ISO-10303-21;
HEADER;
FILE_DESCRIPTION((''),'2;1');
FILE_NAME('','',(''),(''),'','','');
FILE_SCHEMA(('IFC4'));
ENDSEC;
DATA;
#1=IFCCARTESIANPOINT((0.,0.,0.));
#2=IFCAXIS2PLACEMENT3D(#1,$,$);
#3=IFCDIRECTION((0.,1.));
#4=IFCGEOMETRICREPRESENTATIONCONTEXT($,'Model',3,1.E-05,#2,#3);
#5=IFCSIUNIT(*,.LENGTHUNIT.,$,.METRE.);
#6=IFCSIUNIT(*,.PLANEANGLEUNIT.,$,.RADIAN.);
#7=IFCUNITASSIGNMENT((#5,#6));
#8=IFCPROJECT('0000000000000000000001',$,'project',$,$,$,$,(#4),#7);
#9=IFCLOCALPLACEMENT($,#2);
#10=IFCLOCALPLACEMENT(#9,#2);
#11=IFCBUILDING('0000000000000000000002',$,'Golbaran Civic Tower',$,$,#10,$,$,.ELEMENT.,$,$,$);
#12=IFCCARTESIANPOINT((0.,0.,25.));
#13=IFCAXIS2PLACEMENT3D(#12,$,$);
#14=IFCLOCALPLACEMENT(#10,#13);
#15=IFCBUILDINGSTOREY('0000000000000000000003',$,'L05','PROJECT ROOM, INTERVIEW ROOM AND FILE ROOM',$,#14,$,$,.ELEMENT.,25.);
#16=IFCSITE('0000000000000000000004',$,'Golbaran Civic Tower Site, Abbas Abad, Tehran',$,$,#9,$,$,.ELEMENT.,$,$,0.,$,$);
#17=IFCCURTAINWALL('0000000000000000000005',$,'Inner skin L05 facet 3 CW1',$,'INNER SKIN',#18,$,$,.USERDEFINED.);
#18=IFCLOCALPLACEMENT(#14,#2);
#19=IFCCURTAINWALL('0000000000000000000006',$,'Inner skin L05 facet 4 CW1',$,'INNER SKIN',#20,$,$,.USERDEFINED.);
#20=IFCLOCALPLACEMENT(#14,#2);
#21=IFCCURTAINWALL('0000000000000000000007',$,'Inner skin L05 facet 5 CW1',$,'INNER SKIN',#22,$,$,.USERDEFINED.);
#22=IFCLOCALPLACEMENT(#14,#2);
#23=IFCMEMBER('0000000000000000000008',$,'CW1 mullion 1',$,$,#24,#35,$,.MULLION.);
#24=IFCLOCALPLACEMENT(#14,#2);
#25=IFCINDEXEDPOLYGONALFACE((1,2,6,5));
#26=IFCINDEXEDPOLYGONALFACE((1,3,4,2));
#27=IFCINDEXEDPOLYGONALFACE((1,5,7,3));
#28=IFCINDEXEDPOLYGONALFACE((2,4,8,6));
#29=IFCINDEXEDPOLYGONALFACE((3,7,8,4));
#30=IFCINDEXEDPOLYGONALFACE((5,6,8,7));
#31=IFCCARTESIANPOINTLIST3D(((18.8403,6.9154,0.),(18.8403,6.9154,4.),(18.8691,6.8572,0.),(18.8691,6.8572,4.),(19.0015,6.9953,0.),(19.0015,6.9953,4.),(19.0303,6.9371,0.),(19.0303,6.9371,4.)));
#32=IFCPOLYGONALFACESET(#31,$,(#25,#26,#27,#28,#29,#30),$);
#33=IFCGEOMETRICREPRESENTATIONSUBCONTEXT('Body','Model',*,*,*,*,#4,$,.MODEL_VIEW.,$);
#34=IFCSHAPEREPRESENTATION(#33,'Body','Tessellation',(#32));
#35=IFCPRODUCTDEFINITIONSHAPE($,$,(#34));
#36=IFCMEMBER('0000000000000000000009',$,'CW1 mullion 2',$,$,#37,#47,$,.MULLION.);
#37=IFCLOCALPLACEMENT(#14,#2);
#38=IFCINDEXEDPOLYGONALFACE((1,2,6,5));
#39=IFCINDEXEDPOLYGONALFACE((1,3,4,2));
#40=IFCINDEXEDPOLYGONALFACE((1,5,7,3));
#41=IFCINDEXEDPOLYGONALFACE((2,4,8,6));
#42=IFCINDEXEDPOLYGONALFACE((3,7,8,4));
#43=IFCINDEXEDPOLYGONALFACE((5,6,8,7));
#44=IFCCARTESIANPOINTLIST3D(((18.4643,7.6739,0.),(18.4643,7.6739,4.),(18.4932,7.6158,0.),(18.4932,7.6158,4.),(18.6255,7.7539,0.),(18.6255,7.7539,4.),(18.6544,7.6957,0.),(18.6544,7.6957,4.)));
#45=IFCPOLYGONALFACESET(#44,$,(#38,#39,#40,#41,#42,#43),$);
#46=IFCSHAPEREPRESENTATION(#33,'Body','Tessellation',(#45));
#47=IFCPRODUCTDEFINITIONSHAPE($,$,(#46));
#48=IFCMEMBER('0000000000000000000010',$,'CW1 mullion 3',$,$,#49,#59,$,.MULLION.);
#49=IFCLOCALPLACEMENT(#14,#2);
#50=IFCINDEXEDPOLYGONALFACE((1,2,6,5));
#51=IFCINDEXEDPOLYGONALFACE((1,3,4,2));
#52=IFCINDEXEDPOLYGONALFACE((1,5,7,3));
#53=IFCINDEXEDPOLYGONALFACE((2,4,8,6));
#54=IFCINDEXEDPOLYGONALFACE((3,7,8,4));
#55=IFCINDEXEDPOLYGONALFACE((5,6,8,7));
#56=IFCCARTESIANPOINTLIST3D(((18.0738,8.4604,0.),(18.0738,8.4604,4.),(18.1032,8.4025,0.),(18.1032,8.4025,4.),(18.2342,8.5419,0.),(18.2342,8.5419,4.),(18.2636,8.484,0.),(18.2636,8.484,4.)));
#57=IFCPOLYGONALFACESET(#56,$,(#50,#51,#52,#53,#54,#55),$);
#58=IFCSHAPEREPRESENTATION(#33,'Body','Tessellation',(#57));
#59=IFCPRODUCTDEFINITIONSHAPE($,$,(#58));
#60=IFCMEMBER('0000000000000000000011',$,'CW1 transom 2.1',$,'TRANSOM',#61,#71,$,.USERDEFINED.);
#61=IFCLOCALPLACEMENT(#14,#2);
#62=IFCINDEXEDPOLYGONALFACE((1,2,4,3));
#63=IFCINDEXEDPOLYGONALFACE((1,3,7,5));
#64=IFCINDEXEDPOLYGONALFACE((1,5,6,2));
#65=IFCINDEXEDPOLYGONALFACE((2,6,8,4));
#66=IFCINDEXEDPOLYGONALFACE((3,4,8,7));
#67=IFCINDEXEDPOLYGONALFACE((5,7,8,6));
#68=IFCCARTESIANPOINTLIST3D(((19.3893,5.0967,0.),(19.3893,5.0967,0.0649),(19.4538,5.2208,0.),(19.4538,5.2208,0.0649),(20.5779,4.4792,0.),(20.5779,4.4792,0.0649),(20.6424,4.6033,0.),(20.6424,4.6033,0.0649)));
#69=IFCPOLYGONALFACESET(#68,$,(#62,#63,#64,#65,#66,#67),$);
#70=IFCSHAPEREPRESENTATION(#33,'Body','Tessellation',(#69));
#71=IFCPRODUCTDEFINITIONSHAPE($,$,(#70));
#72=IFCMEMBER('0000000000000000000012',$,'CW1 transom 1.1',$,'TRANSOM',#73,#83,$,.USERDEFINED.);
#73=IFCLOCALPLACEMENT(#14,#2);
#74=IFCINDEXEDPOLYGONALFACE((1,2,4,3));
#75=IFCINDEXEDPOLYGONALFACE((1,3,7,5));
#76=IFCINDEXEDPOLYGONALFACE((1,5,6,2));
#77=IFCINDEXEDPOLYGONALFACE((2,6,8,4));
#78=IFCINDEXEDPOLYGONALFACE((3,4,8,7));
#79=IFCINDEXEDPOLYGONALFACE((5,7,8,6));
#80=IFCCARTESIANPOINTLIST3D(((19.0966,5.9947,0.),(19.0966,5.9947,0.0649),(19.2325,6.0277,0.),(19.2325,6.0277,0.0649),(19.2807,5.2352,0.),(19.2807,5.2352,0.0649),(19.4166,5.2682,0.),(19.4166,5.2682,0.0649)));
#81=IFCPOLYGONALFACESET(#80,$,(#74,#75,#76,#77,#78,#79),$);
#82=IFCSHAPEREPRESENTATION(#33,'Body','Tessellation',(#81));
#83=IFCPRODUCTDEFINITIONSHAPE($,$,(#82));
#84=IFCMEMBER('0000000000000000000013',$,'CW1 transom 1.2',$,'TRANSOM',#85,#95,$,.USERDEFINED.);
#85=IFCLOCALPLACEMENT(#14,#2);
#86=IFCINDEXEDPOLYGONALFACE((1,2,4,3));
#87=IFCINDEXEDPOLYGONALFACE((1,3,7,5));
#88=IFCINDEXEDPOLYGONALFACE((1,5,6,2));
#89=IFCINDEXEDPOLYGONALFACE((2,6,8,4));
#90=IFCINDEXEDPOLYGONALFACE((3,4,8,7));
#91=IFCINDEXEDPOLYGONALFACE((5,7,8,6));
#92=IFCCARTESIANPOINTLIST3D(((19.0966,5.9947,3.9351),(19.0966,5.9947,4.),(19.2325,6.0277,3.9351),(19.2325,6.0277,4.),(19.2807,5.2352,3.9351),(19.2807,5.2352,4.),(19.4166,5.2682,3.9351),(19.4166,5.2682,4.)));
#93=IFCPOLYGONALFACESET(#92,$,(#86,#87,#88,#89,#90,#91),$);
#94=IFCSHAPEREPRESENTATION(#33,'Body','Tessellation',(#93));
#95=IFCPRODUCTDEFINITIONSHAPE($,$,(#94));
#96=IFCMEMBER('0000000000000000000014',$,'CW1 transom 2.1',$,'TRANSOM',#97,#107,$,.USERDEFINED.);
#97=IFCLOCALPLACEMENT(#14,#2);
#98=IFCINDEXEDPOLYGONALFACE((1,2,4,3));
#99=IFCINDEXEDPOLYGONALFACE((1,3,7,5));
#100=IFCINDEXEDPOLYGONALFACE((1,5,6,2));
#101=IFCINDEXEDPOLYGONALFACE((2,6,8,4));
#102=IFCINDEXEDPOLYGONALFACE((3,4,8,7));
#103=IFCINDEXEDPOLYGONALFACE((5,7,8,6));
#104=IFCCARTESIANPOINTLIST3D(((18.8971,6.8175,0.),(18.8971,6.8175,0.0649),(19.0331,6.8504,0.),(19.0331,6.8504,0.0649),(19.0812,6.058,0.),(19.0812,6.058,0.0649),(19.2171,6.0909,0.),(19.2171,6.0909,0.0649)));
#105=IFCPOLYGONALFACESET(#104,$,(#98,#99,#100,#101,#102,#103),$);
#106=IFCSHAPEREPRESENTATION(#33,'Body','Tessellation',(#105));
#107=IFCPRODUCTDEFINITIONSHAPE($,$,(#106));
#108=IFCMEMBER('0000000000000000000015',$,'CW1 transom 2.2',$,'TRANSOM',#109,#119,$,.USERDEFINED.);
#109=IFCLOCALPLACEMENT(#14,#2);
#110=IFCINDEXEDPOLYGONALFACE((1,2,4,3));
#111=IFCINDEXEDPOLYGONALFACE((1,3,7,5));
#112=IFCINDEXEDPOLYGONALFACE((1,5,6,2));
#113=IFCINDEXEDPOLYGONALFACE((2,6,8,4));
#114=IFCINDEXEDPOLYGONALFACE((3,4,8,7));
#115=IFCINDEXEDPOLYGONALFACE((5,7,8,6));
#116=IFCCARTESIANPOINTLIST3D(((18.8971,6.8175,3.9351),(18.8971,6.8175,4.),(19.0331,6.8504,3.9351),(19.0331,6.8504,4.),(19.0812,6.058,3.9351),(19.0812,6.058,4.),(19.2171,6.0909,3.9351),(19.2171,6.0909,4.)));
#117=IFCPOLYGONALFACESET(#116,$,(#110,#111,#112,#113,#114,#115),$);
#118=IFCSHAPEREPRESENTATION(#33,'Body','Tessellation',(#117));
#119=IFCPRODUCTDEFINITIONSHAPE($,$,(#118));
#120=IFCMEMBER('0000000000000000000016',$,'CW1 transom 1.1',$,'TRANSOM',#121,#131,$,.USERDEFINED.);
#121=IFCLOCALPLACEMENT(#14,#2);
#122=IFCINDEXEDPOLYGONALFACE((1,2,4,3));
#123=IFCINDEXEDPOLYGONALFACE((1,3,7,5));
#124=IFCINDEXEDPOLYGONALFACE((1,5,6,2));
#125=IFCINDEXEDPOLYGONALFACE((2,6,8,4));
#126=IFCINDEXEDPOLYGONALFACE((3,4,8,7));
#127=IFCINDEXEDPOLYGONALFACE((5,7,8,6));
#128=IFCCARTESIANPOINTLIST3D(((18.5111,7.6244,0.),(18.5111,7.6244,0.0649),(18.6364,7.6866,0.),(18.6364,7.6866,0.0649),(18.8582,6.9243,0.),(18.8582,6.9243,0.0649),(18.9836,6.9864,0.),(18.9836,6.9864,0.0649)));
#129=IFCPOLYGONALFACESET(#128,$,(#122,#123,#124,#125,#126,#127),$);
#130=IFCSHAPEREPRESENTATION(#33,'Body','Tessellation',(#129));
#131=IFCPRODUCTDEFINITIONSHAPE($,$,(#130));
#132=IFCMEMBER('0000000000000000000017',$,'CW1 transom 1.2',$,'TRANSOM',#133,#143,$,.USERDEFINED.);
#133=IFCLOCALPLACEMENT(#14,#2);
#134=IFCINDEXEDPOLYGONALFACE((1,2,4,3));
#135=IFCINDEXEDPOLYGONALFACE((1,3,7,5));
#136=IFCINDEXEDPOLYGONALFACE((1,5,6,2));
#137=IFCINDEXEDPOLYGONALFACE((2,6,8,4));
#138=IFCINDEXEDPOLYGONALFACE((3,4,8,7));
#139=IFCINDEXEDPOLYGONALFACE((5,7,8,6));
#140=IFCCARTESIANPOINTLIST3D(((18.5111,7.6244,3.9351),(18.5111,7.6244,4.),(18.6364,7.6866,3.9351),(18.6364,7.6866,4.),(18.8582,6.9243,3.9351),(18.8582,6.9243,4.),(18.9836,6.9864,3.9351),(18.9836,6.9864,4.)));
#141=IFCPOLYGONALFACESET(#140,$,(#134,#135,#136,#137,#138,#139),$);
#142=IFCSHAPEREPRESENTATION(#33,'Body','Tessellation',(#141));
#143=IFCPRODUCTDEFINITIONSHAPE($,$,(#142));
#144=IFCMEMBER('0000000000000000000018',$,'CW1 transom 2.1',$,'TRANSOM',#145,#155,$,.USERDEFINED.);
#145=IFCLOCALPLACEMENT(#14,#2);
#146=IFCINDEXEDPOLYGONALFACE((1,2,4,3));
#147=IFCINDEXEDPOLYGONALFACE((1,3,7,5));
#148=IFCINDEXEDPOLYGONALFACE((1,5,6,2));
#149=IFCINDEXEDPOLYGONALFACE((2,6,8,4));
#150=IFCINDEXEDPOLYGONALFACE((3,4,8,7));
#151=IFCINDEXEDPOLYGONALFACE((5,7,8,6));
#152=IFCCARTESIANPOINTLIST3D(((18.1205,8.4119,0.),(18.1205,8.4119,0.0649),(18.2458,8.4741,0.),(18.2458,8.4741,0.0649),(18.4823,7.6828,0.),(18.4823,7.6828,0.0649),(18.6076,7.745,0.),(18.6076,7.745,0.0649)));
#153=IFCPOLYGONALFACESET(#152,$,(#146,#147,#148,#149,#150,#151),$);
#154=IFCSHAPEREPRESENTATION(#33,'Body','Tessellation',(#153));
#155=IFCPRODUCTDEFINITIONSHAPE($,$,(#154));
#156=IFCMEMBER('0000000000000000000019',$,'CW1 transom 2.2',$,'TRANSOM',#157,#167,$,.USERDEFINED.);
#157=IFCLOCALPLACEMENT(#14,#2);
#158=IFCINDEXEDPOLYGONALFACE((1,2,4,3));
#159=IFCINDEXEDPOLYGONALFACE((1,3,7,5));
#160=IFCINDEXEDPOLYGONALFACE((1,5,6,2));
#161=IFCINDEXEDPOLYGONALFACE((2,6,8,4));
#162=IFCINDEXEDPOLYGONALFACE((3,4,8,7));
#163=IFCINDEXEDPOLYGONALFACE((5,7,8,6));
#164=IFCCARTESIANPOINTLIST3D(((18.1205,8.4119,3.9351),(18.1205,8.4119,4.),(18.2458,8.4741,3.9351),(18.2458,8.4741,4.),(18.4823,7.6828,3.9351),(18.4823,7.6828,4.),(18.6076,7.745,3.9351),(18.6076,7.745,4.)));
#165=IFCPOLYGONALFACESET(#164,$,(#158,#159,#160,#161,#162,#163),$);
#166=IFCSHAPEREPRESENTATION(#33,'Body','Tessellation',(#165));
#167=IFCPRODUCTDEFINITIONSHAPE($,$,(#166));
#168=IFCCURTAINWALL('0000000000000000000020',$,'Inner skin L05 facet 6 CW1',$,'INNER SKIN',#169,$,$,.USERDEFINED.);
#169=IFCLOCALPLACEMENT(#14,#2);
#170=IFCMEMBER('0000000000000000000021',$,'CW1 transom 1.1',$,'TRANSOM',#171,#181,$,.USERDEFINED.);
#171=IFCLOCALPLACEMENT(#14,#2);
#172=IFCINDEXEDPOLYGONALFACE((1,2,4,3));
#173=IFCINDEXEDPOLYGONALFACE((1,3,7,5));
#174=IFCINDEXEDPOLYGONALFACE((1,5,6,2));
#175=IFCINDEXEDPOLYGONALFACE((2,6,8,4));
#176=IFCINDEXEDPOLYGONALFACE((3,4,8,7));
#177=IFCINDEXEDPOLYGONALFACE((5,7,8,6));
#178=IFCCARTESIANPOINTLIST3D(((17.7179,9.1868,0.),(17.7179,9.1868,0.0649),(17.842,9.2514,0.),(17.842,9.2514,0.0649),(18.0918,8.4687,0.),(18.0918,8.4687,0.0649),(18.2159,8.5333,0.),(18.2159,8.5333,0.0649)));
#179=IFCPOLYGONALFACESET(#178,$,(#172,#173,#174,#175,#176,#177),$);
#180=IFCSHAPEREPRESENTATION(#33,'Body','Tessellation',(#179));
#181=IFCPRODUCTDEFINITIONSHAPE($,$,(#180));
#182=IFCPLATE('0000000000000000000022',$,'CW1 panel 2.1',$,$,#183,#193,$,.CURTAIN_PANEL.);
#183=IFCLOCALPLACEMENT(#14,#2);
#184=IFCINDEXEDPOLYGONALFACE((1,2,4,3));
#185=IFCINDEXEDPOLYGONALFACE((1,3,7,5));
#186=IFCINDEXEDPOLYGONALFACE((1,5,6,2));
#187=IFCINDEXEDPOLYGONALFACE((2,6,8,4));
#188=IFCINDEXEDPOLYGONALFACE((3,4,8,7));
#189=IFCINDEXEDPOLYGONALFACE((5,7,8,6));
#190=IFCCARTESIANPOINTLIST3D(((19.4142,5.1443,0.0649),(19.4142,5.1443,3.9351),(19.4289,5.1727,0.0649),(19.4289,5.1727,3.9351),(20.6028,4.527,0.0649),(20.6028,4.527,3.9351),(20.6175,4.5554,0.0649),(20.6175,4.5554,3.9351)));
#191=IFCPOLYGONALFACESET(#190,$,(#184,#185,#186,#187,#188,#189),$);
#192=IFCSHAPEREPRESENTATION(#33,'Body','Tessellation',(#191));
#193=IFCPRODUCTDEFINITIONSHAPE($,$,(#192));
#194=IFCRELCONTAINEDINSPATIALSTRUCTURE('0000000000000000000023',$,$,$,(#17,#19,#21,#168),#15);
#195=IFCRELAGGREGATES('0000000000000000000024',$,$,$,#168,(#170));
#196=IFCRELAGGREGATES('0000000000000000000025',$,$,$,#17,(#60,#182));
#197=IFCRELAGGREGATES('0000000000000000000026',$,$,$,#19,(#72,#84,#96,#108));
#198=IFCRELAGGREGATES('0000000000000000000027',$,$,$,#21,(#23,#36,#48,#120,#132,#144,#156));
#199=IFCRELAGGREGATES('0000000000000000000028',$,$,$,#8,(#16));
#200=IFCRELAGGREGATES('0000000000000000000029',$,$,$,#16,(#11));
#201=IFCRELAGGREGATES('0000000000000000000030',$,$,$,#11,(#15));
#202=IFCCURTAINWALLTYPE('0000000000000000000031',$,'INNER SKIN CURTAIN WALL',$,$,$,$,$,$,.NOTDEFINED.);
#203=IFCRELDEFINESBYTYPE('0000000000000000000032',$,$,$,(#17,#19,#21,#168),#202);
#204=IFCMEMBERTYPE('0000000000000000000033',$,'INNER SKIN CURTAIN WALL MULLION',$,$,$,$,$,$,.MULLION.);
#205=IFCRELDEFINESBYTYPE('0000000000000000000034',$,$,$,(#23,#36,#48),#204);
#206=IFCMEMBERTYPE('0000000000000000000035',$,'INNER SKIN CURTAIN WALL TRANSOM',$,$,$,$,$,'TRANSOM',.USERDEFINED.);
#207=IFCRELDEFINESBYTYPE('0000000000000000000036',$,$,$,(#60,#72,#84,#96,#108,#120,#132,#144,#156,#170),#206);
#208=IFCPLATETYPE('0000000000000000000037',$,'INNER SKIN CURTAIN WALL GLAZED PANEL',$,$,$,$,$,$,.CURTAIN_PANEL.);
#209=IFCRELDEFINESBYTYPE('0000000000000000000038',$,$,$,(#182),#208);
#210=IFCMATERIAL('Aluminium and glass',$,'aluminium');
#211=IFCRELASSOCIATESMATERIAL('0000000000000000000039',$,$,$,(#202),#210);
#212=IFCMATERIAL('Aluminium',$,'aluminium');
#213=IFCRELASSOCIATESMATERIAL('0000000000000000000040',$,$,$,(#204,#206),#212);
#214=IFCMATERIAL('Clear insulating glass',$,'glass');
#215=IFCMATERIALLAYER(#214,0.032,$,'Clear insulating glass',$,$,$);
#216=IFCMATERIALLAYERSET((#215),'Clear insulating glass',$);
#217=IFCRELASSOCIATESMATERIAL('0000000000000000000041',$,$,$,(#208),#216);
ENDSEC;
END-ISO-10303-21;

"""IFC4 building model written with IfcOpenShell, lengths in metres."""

from ifc_helpers import new_model, si_unit, direction, frame, origin, origin_2d, place, context, subcontext, project, spatial, rectangle, extrude, material, layer, layer_set, material_profile, profile_set, type_object, element, aggregate, save


model = new_model("IFC4")

# Units and contexts
model_context = context("Model", 3, precision=1e-05, world=origin(), true_north=direction((0.0, 1.0)))
body_context = subcontext(model_context, "Body", "Model", "MODEL_VIEW")
ifc_project = project(units=[si_unit("LENGTHUNIT", "METRE"), si_unit("PLANEANGLEUNIT", "RADIAN")], contexts=[model_context])

# Site, building, storey
site_placement = place(None, origin())
site = spatial("IfcSite", under=ifc_project, at=site_placement, Name="Golbaran Civic Tower Site, Abbas Abad, Tehran", CompositionType="ELEMENT", RefElevation=0.0)
building_placement = place(site_placement, origin())
building = spatial("IfcBuilding", under=site, at=building_placement, Name="Golbaran Civic Tower", CompositionType="ELEMENT")
storey_placement = place(building_placement, frame((0.0, 0.0, 25.0)))
storey = spatial("IfcBuildingStorey", under=building, at=storey_placement, Name="L05", Description="PROJECT ROOM, INTERVIEW ROOM AND FILE ROOM", CompositionType="ELEMENT", Elevation=25.0)

# Curtain wall
ifc_material_1 = material(Name="Aluminium and glass", Category="aluminium")
curtain_wall_type = type_object("IfcCurtainWallType", Name="INNER SKIN CURTAIN WALL", PredefinedType="NOTDEFINED", material=ifc_material_1)
curtain_wall_1_placement = place(storey_placement, origin())
curtain_wall_1 = element("IfcCurtainWall", 1, at=curtain_wall_1_placement, inside=storey, type_object=curtain_wall_type, Name="Inner skin L05 facet 3 CW1", ObjectType="INNER SKIN", PredefinedType="USERDEFINED")
ifc_material_2 = material(Name="Aluminium", Category="aluminium")
ifc_material_profile_1 = material_profile(ifc_material_2, rectangle(XDim=0.1799, YDim=0.0649, at=origin_2d()), Name="INNER SKIN CURTAIN WALL MULLION")
ifc_profile_set_1 = profile_set([ifc_material_profile_1], Name="Aluminium")
member_type_1 = type_object("IfcMemberType", Name="INNER SKIN CURTAIN WALL MULLION", PredefinedType="MULLION", material=ifc_profile_set_1)

# Curtain walls, members
curtain_wall_2_placement = place(storey_placement, origin())
curtain_wall_2 = element("IfcCurtainWall", 2, at=curtain_wall_2_placement, inside=storey, type_object=curtain_wall_type, Name="Inner skin L05 facet 4 CW1", ObjectType="INNER SKIN", PredefinedType="USERDEFINED")
curtain_wall_3_placement = place(storey_placement, origin())
curtain_wall_3 = element("IfcCurtainWall", 3, at=curtain_wall_3_placement, inside=storey, type_object=curtain_wall_type, Name="Inner skin L05 facet 5 CW1", ObjectType="INNER SKIN", PredefinedType="USERDEFINED")
member_1_placement = place(storey_placement, frame((18.9353, 6.9263, 0.0), z_axis=(0.0, 0.0, 1.0), x_axis=(-0.895887, -0.444283, 0.0)))
member_1 = element("IfcMember", 4, at=member_1_placement, type_object=member_type_1, Name="CW1 mullion 1", PredefinedType="MULLION", context=body_context, shape_type="SweptSolid", body=[
    extrude(rectangle(XDim=0.1799, YDim=0.0649, at=origin_2d()), origin(), (0.0, 0.0, 1.0), 4.0),
])
member_2_placement = place(storey_placement, frame((18.5593, 7.6848, 0.0), z_axis=(0.0, 0.0, 1.0), x_axis=(-0.895887, -0.444283, 0.0)))
member_2 = element("IfcMember", 5, at=member_2_placement, type_object=member_type_1, Name="CW1 mullion 2", PredefinedType="MULLION", context=body_context, shape_type="SweptSolid", body=[
    extrude(rectangle(XDim=0.1799, YDim=0.0649, at=origin_2d()), origin(), (0.0, 0.0, 1.0), 4.0),
])
member_3_placement = place(storey_placement, frame((18.1687, 8.4722, 0.0), z_axis=(0.0, 0.0, 1.0), x_axis=(-0.891492, -0.453037, 0.0)))
member_3 = element("IfcMember", 6, at=member_3_placement, type_object=member_type_1, Name="CW1 mullion 3", PredefinedType="MULLION", context=body_context, shape_type="SweptSolid", body=[
    extrude(rectangle(XDim=0.1799, YDim=0.0649, at=origin_2d()), origin(), (0.0, 0.0, 1.0), 4.0),
])

# Members
ifc_material_profile_2 = material_profile(ifc_material_2, rectangle(XDim=0.1399, YDim=0.0649, at=origin_2d()), Name="INNER SKIN CURTAIN WALL TRANSOM")
ifc_profile_set_2 = profile_set([ifc_material_profile_2], Name="Aluminium")
member_type_2 = type_object("IfcMemberType", Name="INNER SKIN CURTAIN WALL TRANSOM", ElementType="TRANSOM", PredefinedType="USERDEFINED", material=ifc_profile_set_2)
member_4_placement = place(storey_placement, frame((20.6101, 4.5413, 0.0325), z_axis=(-0.887393, 0.461014, 0.0), x_axis=(-0.461014, -0.887393, 0.0)))
member_4 = element("IfcMember", 7, at=member_4_placement, type_object=member_type_2, Name="CW1 transom 2.1", ObjectType="TRANSOM", PredefinedType="USERDEFINED", context=body_context, shape_type="SweptSolid", body=[
    extrude(rectangle(XDim=0.1399, YDim=0.0649, at=origin_2d()), origin(), (0.0, 0.0, 1.0), 1.3394),
])
member_5_placement = place(storey_placement, frame((19.3486, 5.2517, 0.0325), z_axis=(-0.235546, 0.971863, 0.0), x_axis=(-0.971863, -0.235546, 0.0)))
member_5 = element("IfcMember", 8, at=member_5_placement, type_object=member_type_2, Name="CW1 transom 1.1", ObjectType="TRANSOM", PredefinedType="USERDEFINED", context=body_context, shape_type="SweptSolid", body=[
    extrude(rectangle(XDim=0.1399, YDim=0.0649, at=origin_2d()), origin(), (0.0, 0.0, 1.0), 0.7815),
])
member_6_placement = place(storey_placement, frame((19.3486, 5.2517, 3.9675), z_axis=(-0.235546, 0.971863, 0.0), x_axis=(-0.971863, -0.235546, 0.0)))
member_6 = element("IfcMember", 9, at=member_6_placement, type_object=member_type_2, Name="CW1 transom 1.2", ObjectType="TRANSOM", PredefinedType="USERDEFINED", context=body_context, shape_type="SweptSolid", body=[
    extrude(rectangle(XDim=0.1399, YDim=0.0649, at=origin_2d()), origin(), (0.0, 0.0, 1.0), 0.7815),
])
member_7_placement = place(storey_placement, frame((19.1492, 6.0745, 0.0325), z_axis=(-0.235546, 0.971863, 0.0), x_axis=(-0.971863, -0.235546, 0.0)))
member_7 = element("IfcMember", 10, at=member_7_placement, type_object=member_type_2, Name="CW1 transom 2.1", ObjectType="TRANSOM", PredefinedType="USERDEFINED", context=body_context, shape_type="SweptSolid", body=[
    extrude(rectangle(XDim=0.1399, YDim=0.0649, at=origin_2d()), origin(), (0.0, 0.0, 1.0), 0.7815),
])
member_8_placement = place(storey_placement, frame((19.1492, 6.0745, 3.9675), z_axis=(-0.235546, 0.971863, 0.0), x_axis=(-0.971863, -0.235546, 0.0)))
member_8 = element("IfcMember", 11, at=member_8_placement, type_object=member_type_2, Name="CW1 transom 2.2", ObjectType="TRANSOM", PredefinedType="USERDEFINED", context=body_context, shape_type="SweptSolid", body=[
    extrude(rectangle(XDim=0.1399, YDim=0.0649, at=origin_2d()), origin(), (0.0, 0.0, 1.0), 0.7815),
])
member_9_placement = place(storey_placement, frame((18.9209, 6.9553, 0.0325), z_axis=(-0.444212, 0.895922, 0.0), x_axis=(-0.895922, -0.444212, 0.0)))
member_9 = element("IfcMember", 12, at=member_9_placement, type_object=member_type_2, Name="CW1 transom 1.1", ObjectType="TRANSOM", PredefinedType="USERDEFINED", context=body_context, shape_type="SweptSolid", body=[
    extrude(rectangle(XDim=0.1399, YDim=0.0649, at=origin_2d()), origin(), (0.0, 0.0, 1.0), 0.7815),
])
member_10_placement = place(storey_placement, frame((18.9209, 6.9553, 3.9675), z_axis=(-0.444212, 0.895922, 0.0), x_axis=(-0.895922, -0.444212, 0.0)))
member_10 = element("IfcMember", 13, at=member_10_placement, type_object=member_type_2, Name="CW1 transom 1.2", ObjectType="TRANSOM", PredefinedType="USERDEFINED", context=body_context, shape_type="SweptSolid", body=[
    extrude(rectangle(XDim=0.1399, YDim=0.0649, at=origin_2d()), origin(), (0.0, 0.0, 1.0), 0.7815),
])
member_11_placement = place(storey_placement, frame((18.5449, 7.7139, 0.0325), z_axis=(-0.444452, 0.895802, 0.0), x_axis=(-0.895802, -0.444452, 0.0)))
member_11 = element("IfcMember", 14, at=member_11_placement, type_object=member_type_2, Name="CW1 transom 2.1", ObjectType="TRANSOM", PredefinedType="USERDEFINED", context=body_context, shape_type="SweptSolid", body=[
    extrude(rectangle(XDim=0.1399, YDim=0.0649, at=origin_2d()), origin(), (0.0, 0.0, 1.0), 0.814),
])
member_12_placement = place(storey_placement, frame((18.5449, 7.7139, 3.9675), z_axis=(-0.444452, 0.895802, 0.0), x_axis=(-0.895802, -0.444452, 0.0)))
member_12 = element("IfcMember", 15, at=member_12_placement, type_object=member_type_2, Name="CW1 transom 2.2", ObjectType="TRANSOM", PredefinedType="USERDEFINED", context=body_context, shape_type="SweptSolid", body=[
    extrude(rectangle(XDim=0.1399, YDim=0.0649, at=origin_2d()), origin(), (0.0, 0.0, 1.0), 0.814),
])

# Curtain wall, member
curtain_wall_4_placement = place(storey_placement, origin())
curtain_wall_4 = element("IfcCurtainWall", 16, at=curtain_wall_4_placement, inside=storey, type_object=curtain_wall_type, Name="Inner skin L05 facet 6 CW1", ObjectType="INNER SKIN", PredefinedType="USERDEFINED")
member_13_placement = place(storey_placement, frame((18.1538, 8.501, 0.0325), z_axis=(-0.461752, 0.887009, 0.0), x_axis=(-0.887009, -0.461752, 0.0)))
member_13 = element("IfcMember", 17, at=member_13_placement, type_object=member_type_2, Name="CW1 transom 1.1", ObjectType="TRANSOM", PredefinedType="USERDEFINED", context=body_context, shape_type="SweptSolid", body=[
    extrude(rectangle(XDim=0.1399, YDim=0.0649, at=origin_2d()), origin(), (0.0, 0.0, 1.0), 0.8096),
])
aggregate(curtain_wall_4, [member_13])

# Plate
ifc_material_3 = material(Name="Clear insulating glass", Category="glass")
ifc_layer_1 = layer(ifc_material_3, 0.032, Name="Clear insulating glass")
ifc_layer_set_1 = layer_set([ifc_layer_1], Name="Clear insulating glass")
plate_type_1 = type_object("IfcPlateType", Name="INNER SKIN CURTAIN WALL GLAZED PANEL", PredefinedType="CURTAIN_PANEL", material=ifc_layer_set_1)
plate_1_placement = place(storey_placement, frame((20.0159, 4.8499, 0.0649), z_axis=(0.0, 0.0, 1.0), x_axis=(-0.887429, 0.460945, 0.0)))
plate_1 = element("IfcPlate", 18, at=plate_1_placement, type_object=plate_type_1, Name="CW1 panel 2.1", PredefinedType="CURTAIN_PANEL", context=body_context, shape_type="SweptSolid", body=[
    extrude(rectangle(XDim=1.3394, YDim=0.032, at=origin_2d()), origin(), (0.0, 0.0, 1.0), 3.8701),
])
aggregate(curtain_wall_1, [member_4, plate_1])
aggregate(curtain_wall_2, [member_5, member_6, member_7, member_8])
aggregate(curtain_wall_3, [member_1, member_2, member_3, member_9, member_10, member_11, member_12])

save(model, "model.ifc")
